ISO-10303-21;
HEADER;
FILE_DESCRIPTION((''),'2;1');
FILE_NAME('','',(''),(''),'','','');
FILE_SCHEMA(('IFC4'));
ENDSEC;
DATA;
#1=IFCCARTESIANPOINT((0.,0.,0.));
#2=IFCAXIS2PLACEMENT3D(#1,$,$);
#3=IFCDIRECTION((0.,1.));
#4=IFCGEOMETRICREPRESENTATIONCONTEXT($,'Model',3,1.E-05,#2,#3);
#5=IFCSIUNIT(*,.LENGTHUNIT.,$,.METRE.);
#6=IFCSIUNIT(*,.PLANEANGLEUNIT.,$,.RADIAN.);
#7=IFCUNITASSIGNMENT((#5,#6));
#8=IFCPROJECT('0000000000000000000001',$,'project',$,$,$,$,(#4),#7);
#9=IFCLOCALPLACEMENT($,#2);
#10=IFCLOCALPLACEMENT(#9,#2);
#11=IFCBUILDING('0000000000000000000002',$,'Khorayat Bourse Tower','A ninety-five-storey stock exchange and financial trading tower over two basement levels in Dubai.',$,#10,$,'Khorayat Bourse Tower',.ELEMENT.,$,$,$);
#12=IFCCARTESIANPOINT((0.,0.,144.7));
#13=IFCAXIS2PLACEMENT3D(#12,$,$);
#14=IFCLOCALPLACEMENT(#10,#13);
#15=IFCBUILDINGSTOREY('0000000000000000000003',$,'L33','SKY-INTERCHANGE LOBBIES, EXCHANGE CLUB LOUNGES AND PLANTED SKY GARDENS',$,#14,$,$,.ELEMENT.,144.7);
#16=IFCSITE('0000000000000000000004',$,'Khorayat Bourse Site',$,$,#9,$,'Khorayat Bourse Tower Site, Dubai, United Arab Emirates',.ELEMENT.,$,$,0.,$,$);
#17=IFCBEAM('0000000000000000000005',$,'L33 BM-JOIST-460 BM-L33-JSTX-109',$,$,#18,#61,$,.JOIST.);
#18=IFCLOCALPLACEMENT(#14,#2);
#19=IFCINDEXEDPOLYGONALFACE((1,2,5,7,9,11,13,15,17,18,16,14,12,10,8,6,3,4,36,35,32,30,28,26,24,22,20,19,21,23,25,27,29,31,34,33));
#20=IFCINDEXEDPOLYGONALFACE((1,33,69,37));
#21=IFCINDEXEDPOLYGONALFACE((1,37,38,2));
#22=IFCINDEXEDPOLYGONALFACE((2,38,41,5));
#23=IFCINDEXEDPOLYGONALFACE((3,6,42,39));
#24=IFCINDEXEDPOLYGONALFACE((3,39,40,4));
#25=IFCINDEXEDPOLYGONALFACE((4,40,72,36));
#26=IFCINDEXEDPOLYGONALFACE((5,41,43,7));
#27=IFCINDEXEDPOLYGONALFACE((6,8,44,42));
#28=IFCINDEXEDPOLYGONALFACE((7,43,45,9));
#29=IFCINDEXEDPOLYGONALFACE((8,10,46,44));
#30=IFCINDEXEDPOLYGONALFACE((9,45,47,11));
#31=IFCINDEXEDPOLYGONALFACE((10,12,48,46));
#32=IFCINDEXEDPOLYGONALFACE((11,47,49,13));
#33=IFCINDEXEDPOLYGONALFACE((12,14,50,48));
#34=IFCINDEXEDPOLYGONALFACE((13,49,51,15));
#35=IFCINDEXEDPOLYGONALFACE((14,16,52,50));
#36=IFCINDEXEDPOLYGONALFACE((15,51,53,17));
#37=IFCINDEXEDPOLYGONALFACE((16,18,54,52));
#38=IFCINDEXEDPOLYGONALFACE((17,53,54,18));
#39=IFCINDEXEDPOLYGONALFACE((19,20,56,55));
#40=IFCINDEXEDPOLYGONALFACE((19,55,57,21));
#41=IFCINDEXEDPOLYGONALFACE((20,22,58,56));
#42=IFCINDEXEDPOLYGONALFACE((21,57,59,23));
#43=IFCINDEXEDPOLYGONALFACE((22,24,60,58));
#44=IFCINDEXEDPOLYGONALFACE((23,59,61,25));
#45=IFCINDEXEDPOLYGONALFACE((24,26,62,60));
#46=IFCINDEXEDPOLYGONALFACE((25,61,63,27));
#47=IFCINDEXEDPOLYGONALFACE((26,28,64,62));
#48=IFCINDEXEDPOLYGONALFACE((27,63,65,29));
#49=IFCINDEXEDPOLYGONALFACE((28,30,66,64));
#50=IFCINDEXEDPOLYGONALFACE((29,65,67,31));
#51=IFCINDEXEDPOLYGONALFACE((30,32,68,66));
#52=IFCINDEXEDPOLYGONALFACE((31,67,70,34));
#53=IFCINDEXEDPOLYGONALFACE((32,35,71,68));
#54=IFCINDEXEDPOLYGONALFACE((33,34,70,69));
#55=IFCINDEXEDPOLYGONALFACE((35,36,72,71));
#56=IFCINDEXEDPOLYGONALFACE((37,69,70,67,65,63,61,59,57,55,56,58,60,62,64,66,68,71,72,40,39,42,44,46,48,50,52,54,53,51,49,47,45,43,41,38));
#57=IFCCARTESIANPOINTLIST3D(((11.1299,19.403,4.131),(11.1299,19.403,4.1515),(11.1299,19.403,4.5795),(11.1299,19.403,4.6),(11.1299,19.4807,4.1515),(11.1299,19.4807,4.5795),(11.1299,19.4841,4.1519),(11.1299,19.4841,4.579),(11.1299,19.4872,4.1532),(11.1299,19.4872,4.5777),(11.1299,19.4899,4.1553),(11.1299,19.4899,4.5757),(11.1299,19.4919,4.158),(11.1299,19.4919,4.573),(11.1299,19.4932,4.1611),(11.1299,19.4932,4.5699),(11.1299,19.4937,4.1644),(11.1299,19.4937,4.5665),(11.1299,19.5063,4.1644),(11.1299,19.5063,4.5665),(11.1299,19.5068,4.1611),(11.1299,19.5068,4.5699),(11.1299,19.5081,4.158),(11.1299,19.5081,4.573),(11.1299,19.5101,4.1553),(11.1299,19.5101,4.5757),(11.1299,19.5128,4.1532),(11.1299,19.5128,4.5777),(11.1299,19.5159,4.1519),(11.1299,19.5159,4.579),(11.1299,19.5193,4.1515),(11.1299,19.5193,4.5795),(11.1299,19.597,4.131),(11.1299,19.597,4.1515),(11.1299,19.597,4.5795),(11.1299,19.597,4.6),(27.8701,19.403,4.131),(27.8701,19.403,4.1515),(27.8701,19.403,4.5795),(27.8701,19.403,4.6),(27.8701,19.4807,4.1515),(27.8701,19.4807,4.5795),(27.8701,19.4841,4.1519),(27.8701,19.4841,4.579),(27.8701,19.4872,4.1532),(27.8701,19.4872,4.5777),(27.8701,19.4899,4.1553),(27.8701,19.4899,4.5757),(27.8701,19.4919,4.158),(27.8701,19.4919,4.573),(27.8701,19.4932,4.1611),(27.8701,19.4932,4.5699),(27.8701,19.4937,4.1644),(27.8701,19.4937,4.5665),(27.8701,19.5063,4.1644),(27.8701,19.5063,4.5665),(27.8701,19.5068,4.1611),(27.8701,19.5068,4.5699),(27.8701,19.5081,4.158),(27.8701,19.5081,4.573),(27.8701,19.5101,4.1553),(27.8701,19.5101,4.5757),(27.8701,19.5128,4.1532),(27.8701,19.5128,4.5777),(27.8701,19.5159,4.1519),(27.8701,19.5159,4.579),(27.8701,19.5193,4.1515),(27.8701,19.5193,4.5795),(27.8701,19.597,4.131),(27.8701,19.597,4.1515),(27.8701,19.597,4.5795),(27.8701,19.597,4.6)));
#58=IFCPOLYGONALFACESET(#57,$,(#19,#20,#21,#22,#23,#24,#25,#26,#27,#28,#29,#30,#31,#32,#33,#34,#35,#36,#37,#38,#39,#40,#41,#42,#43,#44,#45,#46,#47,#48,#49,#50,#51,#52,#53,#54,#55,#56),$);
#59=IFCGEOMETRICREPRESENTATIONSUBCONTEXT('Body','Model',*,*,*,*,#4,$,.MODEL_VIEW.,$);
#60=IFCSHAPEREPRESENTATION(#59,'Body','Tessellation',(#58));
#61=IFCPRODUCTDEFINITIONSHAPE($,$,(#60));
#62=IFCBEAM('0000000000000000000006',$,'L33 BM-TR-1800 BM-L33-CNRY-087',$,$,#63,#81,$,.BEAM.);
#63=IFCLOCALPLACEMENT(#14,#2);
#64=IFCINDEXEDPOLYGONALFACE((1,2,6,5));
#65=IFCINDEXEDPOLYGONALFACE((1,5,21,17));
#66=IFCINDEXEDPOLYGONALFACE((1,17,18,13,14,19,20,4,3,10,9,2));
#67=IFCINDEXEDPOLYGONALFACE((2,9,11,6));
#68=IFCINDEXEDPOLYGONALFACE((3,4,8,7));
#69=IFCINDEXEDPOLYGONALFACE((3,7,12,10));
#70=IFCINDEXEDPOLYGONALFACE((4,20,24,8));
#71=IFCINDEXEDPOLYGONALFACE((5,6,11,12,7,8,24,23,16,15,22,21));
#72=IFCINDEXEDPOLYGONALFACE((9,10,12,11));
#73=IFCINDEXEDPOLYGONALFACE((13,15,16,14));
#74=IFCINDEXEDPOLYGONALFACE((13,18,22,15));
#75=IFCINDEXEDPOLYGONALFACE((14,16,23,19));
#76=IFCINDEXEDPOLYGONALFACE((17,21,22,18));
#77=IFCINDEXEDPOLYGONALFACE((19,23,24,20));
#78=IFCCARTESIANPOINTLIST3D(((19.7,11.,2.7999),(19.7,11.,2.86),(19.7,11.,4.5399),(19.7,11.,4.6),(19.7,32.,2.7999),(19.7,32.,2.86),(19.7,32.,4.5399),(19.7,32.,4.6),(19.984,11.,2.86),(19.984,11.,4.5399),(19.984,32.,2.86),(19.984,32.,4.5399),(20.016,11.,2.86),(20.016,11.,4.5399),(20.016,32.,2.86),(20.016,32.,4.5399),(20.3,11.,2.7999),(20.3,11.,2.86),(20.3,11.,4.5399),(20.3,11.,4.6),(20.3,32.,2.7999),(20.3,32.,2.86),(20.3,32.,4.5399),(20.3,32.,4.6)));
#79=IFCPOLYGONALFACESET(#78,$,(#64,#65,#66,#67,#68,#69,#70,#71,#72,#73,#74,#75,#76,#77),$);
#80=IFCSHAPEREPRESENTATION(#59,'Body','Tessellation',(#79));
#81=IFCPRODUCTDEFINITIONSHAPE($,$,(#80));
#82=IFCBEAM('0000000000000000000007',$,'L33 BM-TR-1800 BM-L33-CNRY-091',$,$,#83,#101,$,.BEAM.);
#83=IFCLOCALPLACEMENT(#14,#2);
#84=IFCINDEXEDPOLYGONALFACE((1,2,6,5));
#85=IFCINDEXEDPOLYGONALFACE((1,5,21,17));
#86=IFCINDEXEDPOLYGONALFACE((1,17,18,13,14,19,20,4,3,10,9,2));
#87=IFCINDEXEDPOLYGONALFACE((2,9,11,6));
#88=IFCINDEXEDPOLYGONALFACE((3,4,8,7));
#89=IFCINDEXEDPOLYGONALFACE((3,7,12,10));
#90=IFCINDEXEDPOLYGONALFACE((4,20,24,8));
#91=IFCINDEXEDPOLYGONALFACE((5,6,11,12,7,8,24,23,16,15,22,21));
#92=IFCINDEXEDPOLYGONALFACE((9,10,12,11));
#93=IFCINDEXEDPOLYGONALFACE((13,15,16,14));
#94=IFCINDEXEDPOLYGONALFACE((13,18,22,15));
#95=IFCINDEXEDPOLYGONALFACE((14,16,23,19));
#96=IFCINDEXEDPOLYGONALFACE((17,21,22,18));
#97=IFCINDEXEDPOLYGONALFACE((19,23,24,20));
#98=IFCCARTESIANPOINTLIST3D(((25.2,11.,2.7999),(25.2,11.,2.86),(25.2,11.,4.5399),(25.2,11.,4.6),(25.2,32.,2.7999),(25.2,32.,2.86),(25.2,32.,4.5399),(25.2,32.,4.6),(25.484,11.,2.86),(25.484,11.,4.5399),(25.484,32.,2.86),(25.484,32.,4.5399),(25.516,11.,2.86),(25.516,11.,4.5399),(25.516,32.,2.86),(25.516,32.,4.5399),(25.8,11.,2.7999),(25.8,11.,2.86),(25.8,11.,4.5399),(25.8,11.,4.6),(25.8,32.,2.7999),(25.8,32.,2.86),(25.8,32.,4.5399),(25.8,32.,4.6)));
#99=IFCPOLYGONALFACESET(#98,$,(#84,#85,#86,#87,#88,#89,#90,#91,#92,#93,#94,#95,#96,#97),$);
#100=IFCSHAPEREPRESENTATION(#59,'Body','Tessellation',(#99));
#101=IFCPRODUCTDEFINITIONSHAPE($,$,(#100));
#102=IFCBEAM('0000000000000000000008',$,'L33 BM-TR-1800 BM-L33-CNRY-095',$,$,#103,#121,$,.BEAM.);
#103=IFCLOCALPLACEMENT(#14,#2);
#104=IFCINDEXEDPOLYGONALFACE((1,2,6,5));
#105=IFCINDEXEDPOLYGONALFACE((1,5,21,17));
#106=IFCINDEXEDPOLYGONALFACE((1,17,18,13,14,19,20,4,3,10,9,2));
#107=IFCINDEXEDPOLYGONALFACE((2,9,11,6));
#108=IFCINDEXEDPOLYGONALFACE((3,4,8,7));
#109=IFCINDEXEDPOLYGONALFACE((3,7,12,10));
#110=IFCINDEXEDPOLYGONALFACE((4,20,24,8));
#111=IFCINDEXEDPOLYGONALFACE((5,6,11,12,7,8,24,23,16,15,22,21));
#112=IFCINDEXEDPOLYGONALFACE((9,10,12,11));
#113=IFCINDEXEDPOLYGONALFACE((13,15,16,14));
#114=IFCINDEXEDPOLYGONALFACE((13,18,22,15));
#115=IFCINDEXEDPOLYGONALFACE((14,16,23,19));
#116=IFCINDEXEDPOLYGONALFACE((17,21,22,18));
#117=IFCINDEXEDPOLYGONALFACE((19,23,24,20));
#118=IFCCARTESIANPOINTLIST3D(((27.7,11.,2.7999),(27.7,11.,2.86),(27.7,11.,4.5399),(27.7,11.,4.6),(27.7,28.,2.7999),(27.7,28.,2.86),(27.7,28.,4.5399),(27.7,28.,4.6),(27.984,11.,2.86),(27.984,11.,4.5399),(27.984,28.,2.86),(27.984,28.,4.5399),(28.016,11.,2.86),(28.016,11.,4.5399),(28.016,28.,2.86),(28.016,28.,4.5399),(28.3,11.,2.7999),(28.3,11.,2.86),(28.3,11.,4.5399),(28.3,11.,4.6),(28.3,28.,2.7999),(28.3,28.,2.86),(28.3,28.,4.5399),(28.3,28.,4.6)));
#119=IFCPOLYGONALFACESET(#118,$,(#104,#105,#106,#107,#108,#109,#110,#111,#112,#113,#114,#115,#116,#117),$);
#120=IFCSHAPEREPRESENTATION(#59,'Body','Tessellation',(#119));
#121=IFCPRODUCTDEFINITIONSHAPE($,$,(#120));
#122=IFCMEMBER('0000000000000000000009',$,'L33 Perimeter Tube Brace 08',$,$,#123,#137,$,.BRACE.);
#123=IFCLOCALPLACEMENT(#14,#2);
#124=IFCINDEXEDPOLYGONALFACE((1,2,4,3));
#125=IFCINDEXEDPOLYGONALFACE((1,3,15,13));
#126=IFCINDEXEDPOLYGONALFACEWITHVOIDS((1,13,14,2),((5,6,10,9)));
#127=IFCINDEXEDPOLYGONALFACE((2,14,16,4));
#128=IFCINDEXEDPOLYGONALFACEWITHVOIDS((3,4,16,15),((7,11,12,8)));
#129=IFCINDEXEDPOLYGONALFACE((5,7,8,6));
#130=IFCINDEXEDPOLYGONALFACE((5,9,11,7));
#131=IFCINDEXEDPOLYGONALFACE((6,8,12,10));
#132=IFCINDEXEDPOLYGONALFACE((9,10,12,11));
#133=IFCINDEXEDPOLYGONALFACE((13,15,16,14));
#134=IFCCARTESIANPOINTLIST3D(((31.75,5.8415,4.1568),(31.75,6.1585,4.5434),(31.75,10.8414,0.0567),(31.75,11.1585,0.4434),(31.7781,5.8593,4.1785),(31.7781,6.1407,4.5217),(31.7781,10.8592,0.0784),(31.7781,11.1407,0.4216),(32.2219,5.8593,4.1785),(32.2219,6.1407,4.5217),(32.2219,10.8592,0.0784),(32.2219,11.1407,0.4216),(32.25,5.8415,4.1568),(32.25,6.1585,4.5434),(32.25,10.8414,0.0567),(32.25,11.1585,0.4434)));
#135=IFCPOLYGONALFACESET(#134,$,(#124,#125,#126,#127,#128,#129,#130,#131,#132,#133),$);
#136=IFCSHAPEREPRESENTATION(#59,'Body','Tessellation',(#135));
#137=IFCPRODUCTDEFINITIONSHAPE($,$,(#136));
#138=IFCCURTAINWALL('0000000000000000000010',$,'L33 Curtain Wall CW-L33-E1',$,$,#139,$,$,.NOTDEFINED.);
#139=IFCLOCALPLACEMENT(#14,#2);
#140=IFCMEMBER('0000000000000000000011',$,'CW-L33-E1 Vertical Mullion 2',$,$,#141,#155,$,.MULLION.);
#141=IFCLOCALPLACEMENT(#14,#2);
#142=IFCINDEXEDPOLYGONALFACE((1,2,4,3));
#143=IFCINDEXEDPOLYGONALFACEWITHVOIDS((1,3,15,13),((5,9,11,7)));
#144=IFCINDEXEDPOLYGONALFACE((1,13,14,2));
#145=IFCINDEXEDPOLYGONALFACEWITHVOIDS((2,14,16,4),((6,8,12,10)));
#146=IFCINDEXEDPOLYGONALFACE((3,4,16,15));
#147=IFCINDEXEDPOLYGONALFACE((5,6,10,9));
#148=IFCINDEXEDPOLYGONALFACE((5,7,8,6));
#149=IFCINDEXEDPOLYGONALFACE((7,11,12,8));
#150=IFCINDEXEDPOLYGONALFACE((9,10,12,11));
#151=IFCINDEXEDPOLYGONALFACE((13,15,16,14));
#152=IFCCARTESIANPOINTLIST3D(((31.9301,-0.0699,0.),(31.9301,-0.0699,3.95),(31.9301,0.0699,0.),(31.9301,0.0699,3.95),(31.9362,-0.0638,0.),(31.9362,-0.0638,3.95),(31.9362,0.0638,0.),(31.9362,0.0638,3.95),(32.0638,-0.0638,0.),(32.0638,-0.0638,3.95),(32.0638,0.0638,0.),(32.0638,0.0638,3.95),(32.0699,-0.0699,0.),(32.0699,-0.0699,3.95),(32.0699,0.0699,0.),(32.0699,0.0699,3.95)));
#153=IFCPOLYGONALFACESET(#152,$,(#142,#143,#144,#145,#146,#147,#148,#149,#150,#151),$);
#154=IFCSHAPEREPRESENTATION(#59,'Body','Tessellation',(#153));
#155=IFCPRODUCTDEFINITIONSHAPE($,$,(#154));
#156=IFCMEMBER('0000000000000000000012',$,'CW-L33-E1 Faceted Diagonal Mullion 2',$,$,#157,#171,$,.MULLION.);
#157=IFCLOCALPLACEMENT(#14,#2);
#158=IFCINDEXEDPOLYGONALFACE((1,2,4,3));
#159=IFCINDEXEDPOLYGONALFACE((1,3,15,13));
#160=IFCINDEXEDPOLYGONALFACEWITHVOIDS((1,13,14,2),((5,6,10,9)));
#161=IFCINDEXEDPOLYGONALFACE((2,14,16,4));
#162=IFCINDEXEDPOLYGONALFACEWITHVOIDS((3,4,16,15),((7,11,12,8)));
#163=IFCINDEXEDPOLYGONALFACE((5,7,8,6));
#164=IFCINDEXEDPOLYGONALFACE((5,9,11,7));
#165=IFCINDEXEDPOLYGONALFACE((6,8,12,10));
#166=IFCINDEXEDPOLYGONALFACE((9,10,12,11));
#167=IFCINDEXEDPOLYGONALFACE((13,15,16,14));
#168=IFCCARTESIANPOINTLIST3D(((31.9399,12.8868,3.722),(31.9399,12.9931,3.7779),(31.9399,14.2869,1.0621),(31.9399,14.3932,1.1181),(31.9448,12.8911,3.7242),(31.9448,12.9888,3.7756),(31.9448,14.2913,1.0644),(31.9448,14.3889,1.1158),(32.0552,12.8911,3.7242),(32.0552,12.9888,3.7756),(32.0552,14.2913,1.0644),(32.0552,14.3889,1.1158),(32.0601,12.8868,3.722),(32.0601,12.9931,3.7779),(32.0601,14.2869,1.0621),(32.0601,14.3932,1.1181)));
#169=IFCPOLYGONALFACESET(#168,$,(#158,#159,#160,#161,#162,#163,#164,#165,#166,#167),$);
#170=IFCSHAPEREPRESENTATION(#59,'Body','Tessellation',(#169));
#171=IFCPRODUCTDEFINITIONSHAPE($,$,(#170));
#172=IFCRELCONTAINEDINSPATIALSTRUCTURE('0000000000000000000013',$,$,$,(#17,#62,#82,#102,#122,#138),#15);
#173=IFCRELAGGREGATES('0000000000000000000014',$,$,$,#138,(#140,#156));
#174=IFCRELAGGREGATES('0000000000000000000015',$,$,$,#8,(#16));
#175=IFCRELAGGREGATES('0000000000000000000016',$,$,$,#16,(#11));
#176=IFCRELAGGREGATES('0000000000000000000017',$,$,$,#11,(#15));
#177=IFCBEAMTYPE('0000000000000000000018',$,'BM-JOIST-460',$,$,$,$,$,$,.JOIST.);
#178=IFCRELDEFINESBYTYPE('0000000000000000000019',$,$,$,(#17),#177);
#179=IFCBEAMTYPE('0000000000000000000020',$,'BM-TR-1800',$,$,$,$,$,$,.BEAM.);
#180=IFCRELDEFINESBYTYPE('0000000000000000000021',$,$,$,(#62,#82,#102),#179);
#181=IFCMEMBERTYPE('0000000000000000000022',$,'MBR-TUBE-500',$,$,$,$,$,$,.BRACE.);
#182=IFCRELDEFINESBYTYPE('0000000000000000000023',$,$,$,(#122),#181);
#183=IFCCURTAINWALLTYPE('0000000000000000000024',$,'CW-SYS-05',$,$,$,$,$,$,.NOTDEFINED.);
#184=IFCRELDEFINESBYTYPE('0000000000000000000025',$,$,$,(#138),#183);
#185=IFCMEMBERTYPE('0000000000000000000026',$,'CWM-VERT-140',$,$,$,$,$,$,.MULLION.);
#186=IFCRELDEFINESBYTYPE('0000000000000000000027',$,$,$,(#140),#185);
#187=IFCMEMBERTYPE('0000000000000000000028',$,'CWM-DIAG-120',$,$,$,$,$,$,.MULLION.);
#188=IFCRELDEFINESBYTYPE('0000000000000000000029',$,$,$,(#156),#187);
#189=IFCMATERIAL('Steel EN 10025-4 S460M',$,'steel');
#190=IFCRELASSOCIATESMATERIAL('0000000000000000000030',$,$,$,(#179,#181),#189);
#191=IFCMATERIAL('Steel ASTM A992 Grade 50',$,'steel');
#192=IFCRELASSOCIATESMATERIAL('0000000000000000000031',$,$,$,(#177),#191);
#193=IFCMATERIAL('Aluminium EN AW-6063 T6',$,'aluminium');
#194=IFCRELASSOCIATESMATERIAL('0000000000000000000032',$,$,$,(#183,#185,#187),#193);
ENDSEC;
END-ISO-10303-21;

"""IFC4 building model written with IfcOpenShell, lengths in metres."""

from ifc_helpers import new_model, si_unit, direction, frame, origin, origin_2d, place, context, subcontext, project, spatial, hollow_rectangle, i_section, extrude, source, transform, mapped, material, material_profile, profile_set, type_object, element, aggregate, save


model = new_model("IFC4")

# Units and contexts
model_context = context("Model", 3, precision=1e-05, world=origin(), true_north=direction((0.0, 1.0)))
body_context = subcontext(model_context, "Body", "Model", "MODEL_VIEW")
ifc_project = project(units=[si_unit("LENGTHUNIT", "METRE"), si_unit("PLANEANGLEUNIT", "RADIAN")], contexts=[model_context])

# Site, building, storey
site_placement = place(None, origin())
site = spatial("IfcSite", under=ifc_project, at=site_placement, Name="Khorayat Bourse Site", LongName="Khorayat Bourse Tower Site, Dubai, United Arab Emirates", CompositionType="ELEMENT", RefElevation=0.0)
building_placement = place(site_placement, origin())
building = spatial("IfcBuilding", under=site, at=building_placement, Name="Khorayat Bourse Tower", Description="A ninety-five-storey stock exchange and financial trading tower over two basement levels in Dubai.", LongName="Khorayat Bourse Tower", CompositionType="ELEMENT")
storey_placement = place(building_placement, frame((0.0, 0.0, 144.7)))
storey = spatial("IfcBuildingStorey", under=building, at=storey_placement, Name="L33", Description="SKY-INTERCHANGE LOBBIES, EXCHANGE CLUB LOUNGES AND PLANTED SKY GARDENS", CompositionType="ELEMENT", Elevation=144.7)

# Shared definitions
ifc_material_1 = material(Name="Steel EN 10025-4 S460M", Category="steel")

# Beams
ifc_material_profile_1 = material_profile(ifc_material_1, i_section(OverallWidth=0.6001, OverallDepth=1.8, WebThickness=0.032, FlangeThickness=0.0601, at=origin_2d()), Name="PG 1800x600x32x60")
ifc_profile_set_1 = profile_set([ifc_material_profile_1], Name="Steel EN 10025-4 S460M")
beam_type_1 = type_object("IfcBeamType", Name="BM-TR-1800", PredefinedType="BEAM", material=ifc_profile_set_1)
ifc_material_2 = material(Name="Steel ASTM A992 Grade 50", Category="steel")
ifc_material_profile_2 = material_profile(ifc_material_2, i_section(OverallWidth=0.1941, OverallDepth=0.469, WebThickness=0.0127, FlangeThickness=0.0205, FilletRadius=0.0129, at=origin_2d()), Name="W460X106")
ifc_profile_set_2 = profile_set([ifc_material_profile_2], Name="Steel ASTM A992 Grade 50")
beam_type_2 = type_object("IfcBeamType", Name="BM-JOIST-460", PredefinedType="JOIST", material=ifc_profile_set_2)
shared_shape_1 = source(origin(), body_context, "Body", "SweptSolid", [
    extrude(i_section(OverallWidth=0.1941, OverallDepth=0.469, WebThickness=0.0127, FlangeThickness=0.0205, FilletRadius=0.0129, at=origin_2d()), origin(), (0.0, 0.0, 1.0), 16.7402),
])
beam_1_placement = place(storey_placement, frame((11.1299, 19.5, 4.3655), z_axis=(1.0, 0.0, 0.0), x_axis=(0.0, 1.0, 0.0)))
element("IfcBeam", 1, at=beam_1_placement, inside=storey, type_object=beam_type_2, Name="L33 BM-JOIST-460 BM-L33-JSTX-109", PredefinedType="JOIST", context=body_context, shape_type="MappedRepresentation", body=[
    mapped(shared_shape_1, transform((0.0, 0.0, 0.0), scale=1.0)),
])
shared_shape_2 = source(origin(), body_context, "Body", "SweptSolid", [
    extrude(i_section(OverallWidth=0.6001, OverallDepth=1.8, WebThickness=0.032, FlangeThickness=0.0601, at=origin_2d()), origin(), (0.0, 0.0, 1.0), 21.0),
])
for number, where, z_axis, x_axis, name in (
    (2, (20.0, 11.0, 3.7), (0.0, 1.0, 0.0), (-1.0, 0.0, 0.0), "L33 BM-TR-1800 BM-L33-CNRY-087"),
    (3, (25.5, 11.0, 3.7), (0.0, 1.0, 0.0), (-1.0, 0.0, 0.0), "L33 BM-TR-1800 BM-L33-CNRY-091"),
):
    element("IfcBeam", number, at=place(storey_placement, frame(where, z_axis=z_axis, x_axis=x_axis)), inside=storey, type_object=beam_type_1, Name=name, PredefinedType="BEAM", context=body_context, shape_type="MappedRepresentation", body=[
        mapped(shared_shape_2, transform((0.0, 0.0, 0.0), scale=1.0)),
    ])
shared_shape_3 = source(origin(), body_context, "Body", "SweptSolid", [
    extrude(i_section(OverallWidth=0.6001, OverallDepth=1.8, WebThickness=0.032, FlangeThickness=0.0601, at=origin_2d()), origin(), (0.0, 0.0, 1.0), 17.0),
])
beam_2_placement = place(storey_placement, frame((28.0, 11.0, 3.7), z_axis=(0.0, 1.0, 0.0), x_axis=(-1.0, 0.0, 0.0)))
element("IfcBeam", 4, at=beam_2_placement, inside=storey, type_object=beam_type_1, Name="L33 BM-TR-1800 BM-L33-CNRY-095", PredefinedType="BEAM", context=body_context, shape_type="MappedRepresentation", body=[
    mapped(shared_shape_3, transform((0.0, 0.0, 0.0), scale=1.0)),
])

# Member
ifc_material_profile_3 = material_profile(ifc_material_1, hollow_rectangle(XDim=0.5, YDim=0.5, WallThickness=0.0281, at=origin_2d()), Name="HSS 500x500x28")
ifc_profile_set_3 = profile_set([ifc_material_profile_3], Name="Steel EN 10025-4 S460M")
member_type_1 = type_object("IfcMemberType", Name="MBR-TUBE-500", PredefinedType="BRACE", material=ifc_profile_set_3)
shared_shape_4 = source(origin(), body_context, "Body", "SweptSolid", [
    extrude(hollow_rectangle(XDim=0.5, YDim=0.5, WallThickness=0.0281, at=origin_2d()), origin(), (0.0, 0.0, 1.0), 6.4661),
])
member_1_placement = place(storey_placement, frame((32.0, 6.0, 4.3501), z_axis=(0.0, 0.77326, -0.634089), x_axis=(-1.0, 0.0, 0.0)))
element("IfcMember", 5, at=member_1_placement, inside=storey, type_object=member_type_1, Name="L33 Perimeter Tube Brace 08", PredefinedType="BRACE", context=body_context, shape_type="MappedRepresentation", body=[
    mapped(shared_shape_4, transform((0.0, 0.0, 0.0), scale=1.0)),
])

# Curtain wall, members
ifc_material_3 = material(Name="Aluminium EN AW-6063 T6", Category="aluminium")
curtain_wall_type = type_object("IfcCurtainWallType", Name="CW-SYS-05", PredefinedType="NOTDEFINED", material=ifc_material_3)
curtain_wall_placement = place(storey_placement, origin())
curtain_wall = element("IfcCurtainWall", 6, at=curtain_wall_placement, inside=storey, type_object=curtain_wall_type, Name="L33 Curtain Wall CW-L33-E1", PredefinedType="NOTDEFINED")
ifc_material_profile_4 = material_profile(ifc_material_3, hollow_rectangle(XDim=0.1399, YDim=0.1399, WallThickness=0.0061, at=origin_2d()), Name="ALU 140x140x6")
ifc_profile_set_4 = profile_set([ifc_material_profile_4], Name="Aluminium EN AW-6063 T6")
member_type_2 = type_object("IfcMemberType", Name="CWM-VERT-140", PredefinedType="MULLION", material=ifc_profile_set_4)
shared_shape_5 = source(origin(), body_context, "Body", "SweptSolid", [
    extrude(hollow_rectangle(XDim=0.1399, YDim=0.1399, WallThickness=0.0061, at=origin_2d()), origin(), (0.0, 0.0, 1.0), 3.95),
])
member_2_placement = place(storey_placement, frame((32.0, 0.0, 0.0), z_axis=(0.0, 0.0, 1.0), x_axis=(-1.0, 0.0, 0.0)))
member_2 = element("IfcMember", 7, at=member_2_placement, type_object=member_type_2, Name="CW-L33-E1 Vertical Mullion 2", PredefinedType="MULLION", context=body_context, shape_type="MappedRepresentation", body=[
    mapped(shared_shape_5, transform((0.0, 0.0, 0.0), scale=1.0)),
])
ifc_material_profile_5 = material_profile(ifc_material_3, hollow_rectangle(XDim=0.1201, YDim=0.1201, WallThickness=0.0049, at=origin_2d()), Name="ALU 120x120x5")
ifc_profile_set_5 = profile_set([ifc_material_profile_5], Name="Aluminium EN AW-6063 T6")
member_type_3 = type_object("IfcMemberType", Name="CWM-DIAG-120", PredefinedType="MULLION", material=ifc_profile_set_5)
shared_shape_6 = source(origin(), body_context, "Body", "SweptSolid", [
    extrude(hollow_rectangle(XDim=0.1201, YDim=0.1201, WallThickness=0.0049, at=origin_2d()), origin(), (0.0, 0.0, 1.0), 3.0059),
])
member_3_placement = place(storey_placement, frame((32.0, 14.3401, 1.0901), z_axis=(0.0, -0.465797, 0.884892), x_axis=(1.0, 0.0, 0.0)))
member_3 = element("IfcMember", 8, at=member_3_placement, type_object=member_type_3, Name="CW-L33-E1 Faceted Diagonal Mullion 2", PredefinedType="MULLION", context=body_context, shape_type="MappedRepresentation", body=[
    mapped(shared_shape_6, transform((0.0, 0.0, 0.0), scale=1.0)),
])

aggregate(curtain_wall, [member_2, member_3])

save(model, "model.ifc")
